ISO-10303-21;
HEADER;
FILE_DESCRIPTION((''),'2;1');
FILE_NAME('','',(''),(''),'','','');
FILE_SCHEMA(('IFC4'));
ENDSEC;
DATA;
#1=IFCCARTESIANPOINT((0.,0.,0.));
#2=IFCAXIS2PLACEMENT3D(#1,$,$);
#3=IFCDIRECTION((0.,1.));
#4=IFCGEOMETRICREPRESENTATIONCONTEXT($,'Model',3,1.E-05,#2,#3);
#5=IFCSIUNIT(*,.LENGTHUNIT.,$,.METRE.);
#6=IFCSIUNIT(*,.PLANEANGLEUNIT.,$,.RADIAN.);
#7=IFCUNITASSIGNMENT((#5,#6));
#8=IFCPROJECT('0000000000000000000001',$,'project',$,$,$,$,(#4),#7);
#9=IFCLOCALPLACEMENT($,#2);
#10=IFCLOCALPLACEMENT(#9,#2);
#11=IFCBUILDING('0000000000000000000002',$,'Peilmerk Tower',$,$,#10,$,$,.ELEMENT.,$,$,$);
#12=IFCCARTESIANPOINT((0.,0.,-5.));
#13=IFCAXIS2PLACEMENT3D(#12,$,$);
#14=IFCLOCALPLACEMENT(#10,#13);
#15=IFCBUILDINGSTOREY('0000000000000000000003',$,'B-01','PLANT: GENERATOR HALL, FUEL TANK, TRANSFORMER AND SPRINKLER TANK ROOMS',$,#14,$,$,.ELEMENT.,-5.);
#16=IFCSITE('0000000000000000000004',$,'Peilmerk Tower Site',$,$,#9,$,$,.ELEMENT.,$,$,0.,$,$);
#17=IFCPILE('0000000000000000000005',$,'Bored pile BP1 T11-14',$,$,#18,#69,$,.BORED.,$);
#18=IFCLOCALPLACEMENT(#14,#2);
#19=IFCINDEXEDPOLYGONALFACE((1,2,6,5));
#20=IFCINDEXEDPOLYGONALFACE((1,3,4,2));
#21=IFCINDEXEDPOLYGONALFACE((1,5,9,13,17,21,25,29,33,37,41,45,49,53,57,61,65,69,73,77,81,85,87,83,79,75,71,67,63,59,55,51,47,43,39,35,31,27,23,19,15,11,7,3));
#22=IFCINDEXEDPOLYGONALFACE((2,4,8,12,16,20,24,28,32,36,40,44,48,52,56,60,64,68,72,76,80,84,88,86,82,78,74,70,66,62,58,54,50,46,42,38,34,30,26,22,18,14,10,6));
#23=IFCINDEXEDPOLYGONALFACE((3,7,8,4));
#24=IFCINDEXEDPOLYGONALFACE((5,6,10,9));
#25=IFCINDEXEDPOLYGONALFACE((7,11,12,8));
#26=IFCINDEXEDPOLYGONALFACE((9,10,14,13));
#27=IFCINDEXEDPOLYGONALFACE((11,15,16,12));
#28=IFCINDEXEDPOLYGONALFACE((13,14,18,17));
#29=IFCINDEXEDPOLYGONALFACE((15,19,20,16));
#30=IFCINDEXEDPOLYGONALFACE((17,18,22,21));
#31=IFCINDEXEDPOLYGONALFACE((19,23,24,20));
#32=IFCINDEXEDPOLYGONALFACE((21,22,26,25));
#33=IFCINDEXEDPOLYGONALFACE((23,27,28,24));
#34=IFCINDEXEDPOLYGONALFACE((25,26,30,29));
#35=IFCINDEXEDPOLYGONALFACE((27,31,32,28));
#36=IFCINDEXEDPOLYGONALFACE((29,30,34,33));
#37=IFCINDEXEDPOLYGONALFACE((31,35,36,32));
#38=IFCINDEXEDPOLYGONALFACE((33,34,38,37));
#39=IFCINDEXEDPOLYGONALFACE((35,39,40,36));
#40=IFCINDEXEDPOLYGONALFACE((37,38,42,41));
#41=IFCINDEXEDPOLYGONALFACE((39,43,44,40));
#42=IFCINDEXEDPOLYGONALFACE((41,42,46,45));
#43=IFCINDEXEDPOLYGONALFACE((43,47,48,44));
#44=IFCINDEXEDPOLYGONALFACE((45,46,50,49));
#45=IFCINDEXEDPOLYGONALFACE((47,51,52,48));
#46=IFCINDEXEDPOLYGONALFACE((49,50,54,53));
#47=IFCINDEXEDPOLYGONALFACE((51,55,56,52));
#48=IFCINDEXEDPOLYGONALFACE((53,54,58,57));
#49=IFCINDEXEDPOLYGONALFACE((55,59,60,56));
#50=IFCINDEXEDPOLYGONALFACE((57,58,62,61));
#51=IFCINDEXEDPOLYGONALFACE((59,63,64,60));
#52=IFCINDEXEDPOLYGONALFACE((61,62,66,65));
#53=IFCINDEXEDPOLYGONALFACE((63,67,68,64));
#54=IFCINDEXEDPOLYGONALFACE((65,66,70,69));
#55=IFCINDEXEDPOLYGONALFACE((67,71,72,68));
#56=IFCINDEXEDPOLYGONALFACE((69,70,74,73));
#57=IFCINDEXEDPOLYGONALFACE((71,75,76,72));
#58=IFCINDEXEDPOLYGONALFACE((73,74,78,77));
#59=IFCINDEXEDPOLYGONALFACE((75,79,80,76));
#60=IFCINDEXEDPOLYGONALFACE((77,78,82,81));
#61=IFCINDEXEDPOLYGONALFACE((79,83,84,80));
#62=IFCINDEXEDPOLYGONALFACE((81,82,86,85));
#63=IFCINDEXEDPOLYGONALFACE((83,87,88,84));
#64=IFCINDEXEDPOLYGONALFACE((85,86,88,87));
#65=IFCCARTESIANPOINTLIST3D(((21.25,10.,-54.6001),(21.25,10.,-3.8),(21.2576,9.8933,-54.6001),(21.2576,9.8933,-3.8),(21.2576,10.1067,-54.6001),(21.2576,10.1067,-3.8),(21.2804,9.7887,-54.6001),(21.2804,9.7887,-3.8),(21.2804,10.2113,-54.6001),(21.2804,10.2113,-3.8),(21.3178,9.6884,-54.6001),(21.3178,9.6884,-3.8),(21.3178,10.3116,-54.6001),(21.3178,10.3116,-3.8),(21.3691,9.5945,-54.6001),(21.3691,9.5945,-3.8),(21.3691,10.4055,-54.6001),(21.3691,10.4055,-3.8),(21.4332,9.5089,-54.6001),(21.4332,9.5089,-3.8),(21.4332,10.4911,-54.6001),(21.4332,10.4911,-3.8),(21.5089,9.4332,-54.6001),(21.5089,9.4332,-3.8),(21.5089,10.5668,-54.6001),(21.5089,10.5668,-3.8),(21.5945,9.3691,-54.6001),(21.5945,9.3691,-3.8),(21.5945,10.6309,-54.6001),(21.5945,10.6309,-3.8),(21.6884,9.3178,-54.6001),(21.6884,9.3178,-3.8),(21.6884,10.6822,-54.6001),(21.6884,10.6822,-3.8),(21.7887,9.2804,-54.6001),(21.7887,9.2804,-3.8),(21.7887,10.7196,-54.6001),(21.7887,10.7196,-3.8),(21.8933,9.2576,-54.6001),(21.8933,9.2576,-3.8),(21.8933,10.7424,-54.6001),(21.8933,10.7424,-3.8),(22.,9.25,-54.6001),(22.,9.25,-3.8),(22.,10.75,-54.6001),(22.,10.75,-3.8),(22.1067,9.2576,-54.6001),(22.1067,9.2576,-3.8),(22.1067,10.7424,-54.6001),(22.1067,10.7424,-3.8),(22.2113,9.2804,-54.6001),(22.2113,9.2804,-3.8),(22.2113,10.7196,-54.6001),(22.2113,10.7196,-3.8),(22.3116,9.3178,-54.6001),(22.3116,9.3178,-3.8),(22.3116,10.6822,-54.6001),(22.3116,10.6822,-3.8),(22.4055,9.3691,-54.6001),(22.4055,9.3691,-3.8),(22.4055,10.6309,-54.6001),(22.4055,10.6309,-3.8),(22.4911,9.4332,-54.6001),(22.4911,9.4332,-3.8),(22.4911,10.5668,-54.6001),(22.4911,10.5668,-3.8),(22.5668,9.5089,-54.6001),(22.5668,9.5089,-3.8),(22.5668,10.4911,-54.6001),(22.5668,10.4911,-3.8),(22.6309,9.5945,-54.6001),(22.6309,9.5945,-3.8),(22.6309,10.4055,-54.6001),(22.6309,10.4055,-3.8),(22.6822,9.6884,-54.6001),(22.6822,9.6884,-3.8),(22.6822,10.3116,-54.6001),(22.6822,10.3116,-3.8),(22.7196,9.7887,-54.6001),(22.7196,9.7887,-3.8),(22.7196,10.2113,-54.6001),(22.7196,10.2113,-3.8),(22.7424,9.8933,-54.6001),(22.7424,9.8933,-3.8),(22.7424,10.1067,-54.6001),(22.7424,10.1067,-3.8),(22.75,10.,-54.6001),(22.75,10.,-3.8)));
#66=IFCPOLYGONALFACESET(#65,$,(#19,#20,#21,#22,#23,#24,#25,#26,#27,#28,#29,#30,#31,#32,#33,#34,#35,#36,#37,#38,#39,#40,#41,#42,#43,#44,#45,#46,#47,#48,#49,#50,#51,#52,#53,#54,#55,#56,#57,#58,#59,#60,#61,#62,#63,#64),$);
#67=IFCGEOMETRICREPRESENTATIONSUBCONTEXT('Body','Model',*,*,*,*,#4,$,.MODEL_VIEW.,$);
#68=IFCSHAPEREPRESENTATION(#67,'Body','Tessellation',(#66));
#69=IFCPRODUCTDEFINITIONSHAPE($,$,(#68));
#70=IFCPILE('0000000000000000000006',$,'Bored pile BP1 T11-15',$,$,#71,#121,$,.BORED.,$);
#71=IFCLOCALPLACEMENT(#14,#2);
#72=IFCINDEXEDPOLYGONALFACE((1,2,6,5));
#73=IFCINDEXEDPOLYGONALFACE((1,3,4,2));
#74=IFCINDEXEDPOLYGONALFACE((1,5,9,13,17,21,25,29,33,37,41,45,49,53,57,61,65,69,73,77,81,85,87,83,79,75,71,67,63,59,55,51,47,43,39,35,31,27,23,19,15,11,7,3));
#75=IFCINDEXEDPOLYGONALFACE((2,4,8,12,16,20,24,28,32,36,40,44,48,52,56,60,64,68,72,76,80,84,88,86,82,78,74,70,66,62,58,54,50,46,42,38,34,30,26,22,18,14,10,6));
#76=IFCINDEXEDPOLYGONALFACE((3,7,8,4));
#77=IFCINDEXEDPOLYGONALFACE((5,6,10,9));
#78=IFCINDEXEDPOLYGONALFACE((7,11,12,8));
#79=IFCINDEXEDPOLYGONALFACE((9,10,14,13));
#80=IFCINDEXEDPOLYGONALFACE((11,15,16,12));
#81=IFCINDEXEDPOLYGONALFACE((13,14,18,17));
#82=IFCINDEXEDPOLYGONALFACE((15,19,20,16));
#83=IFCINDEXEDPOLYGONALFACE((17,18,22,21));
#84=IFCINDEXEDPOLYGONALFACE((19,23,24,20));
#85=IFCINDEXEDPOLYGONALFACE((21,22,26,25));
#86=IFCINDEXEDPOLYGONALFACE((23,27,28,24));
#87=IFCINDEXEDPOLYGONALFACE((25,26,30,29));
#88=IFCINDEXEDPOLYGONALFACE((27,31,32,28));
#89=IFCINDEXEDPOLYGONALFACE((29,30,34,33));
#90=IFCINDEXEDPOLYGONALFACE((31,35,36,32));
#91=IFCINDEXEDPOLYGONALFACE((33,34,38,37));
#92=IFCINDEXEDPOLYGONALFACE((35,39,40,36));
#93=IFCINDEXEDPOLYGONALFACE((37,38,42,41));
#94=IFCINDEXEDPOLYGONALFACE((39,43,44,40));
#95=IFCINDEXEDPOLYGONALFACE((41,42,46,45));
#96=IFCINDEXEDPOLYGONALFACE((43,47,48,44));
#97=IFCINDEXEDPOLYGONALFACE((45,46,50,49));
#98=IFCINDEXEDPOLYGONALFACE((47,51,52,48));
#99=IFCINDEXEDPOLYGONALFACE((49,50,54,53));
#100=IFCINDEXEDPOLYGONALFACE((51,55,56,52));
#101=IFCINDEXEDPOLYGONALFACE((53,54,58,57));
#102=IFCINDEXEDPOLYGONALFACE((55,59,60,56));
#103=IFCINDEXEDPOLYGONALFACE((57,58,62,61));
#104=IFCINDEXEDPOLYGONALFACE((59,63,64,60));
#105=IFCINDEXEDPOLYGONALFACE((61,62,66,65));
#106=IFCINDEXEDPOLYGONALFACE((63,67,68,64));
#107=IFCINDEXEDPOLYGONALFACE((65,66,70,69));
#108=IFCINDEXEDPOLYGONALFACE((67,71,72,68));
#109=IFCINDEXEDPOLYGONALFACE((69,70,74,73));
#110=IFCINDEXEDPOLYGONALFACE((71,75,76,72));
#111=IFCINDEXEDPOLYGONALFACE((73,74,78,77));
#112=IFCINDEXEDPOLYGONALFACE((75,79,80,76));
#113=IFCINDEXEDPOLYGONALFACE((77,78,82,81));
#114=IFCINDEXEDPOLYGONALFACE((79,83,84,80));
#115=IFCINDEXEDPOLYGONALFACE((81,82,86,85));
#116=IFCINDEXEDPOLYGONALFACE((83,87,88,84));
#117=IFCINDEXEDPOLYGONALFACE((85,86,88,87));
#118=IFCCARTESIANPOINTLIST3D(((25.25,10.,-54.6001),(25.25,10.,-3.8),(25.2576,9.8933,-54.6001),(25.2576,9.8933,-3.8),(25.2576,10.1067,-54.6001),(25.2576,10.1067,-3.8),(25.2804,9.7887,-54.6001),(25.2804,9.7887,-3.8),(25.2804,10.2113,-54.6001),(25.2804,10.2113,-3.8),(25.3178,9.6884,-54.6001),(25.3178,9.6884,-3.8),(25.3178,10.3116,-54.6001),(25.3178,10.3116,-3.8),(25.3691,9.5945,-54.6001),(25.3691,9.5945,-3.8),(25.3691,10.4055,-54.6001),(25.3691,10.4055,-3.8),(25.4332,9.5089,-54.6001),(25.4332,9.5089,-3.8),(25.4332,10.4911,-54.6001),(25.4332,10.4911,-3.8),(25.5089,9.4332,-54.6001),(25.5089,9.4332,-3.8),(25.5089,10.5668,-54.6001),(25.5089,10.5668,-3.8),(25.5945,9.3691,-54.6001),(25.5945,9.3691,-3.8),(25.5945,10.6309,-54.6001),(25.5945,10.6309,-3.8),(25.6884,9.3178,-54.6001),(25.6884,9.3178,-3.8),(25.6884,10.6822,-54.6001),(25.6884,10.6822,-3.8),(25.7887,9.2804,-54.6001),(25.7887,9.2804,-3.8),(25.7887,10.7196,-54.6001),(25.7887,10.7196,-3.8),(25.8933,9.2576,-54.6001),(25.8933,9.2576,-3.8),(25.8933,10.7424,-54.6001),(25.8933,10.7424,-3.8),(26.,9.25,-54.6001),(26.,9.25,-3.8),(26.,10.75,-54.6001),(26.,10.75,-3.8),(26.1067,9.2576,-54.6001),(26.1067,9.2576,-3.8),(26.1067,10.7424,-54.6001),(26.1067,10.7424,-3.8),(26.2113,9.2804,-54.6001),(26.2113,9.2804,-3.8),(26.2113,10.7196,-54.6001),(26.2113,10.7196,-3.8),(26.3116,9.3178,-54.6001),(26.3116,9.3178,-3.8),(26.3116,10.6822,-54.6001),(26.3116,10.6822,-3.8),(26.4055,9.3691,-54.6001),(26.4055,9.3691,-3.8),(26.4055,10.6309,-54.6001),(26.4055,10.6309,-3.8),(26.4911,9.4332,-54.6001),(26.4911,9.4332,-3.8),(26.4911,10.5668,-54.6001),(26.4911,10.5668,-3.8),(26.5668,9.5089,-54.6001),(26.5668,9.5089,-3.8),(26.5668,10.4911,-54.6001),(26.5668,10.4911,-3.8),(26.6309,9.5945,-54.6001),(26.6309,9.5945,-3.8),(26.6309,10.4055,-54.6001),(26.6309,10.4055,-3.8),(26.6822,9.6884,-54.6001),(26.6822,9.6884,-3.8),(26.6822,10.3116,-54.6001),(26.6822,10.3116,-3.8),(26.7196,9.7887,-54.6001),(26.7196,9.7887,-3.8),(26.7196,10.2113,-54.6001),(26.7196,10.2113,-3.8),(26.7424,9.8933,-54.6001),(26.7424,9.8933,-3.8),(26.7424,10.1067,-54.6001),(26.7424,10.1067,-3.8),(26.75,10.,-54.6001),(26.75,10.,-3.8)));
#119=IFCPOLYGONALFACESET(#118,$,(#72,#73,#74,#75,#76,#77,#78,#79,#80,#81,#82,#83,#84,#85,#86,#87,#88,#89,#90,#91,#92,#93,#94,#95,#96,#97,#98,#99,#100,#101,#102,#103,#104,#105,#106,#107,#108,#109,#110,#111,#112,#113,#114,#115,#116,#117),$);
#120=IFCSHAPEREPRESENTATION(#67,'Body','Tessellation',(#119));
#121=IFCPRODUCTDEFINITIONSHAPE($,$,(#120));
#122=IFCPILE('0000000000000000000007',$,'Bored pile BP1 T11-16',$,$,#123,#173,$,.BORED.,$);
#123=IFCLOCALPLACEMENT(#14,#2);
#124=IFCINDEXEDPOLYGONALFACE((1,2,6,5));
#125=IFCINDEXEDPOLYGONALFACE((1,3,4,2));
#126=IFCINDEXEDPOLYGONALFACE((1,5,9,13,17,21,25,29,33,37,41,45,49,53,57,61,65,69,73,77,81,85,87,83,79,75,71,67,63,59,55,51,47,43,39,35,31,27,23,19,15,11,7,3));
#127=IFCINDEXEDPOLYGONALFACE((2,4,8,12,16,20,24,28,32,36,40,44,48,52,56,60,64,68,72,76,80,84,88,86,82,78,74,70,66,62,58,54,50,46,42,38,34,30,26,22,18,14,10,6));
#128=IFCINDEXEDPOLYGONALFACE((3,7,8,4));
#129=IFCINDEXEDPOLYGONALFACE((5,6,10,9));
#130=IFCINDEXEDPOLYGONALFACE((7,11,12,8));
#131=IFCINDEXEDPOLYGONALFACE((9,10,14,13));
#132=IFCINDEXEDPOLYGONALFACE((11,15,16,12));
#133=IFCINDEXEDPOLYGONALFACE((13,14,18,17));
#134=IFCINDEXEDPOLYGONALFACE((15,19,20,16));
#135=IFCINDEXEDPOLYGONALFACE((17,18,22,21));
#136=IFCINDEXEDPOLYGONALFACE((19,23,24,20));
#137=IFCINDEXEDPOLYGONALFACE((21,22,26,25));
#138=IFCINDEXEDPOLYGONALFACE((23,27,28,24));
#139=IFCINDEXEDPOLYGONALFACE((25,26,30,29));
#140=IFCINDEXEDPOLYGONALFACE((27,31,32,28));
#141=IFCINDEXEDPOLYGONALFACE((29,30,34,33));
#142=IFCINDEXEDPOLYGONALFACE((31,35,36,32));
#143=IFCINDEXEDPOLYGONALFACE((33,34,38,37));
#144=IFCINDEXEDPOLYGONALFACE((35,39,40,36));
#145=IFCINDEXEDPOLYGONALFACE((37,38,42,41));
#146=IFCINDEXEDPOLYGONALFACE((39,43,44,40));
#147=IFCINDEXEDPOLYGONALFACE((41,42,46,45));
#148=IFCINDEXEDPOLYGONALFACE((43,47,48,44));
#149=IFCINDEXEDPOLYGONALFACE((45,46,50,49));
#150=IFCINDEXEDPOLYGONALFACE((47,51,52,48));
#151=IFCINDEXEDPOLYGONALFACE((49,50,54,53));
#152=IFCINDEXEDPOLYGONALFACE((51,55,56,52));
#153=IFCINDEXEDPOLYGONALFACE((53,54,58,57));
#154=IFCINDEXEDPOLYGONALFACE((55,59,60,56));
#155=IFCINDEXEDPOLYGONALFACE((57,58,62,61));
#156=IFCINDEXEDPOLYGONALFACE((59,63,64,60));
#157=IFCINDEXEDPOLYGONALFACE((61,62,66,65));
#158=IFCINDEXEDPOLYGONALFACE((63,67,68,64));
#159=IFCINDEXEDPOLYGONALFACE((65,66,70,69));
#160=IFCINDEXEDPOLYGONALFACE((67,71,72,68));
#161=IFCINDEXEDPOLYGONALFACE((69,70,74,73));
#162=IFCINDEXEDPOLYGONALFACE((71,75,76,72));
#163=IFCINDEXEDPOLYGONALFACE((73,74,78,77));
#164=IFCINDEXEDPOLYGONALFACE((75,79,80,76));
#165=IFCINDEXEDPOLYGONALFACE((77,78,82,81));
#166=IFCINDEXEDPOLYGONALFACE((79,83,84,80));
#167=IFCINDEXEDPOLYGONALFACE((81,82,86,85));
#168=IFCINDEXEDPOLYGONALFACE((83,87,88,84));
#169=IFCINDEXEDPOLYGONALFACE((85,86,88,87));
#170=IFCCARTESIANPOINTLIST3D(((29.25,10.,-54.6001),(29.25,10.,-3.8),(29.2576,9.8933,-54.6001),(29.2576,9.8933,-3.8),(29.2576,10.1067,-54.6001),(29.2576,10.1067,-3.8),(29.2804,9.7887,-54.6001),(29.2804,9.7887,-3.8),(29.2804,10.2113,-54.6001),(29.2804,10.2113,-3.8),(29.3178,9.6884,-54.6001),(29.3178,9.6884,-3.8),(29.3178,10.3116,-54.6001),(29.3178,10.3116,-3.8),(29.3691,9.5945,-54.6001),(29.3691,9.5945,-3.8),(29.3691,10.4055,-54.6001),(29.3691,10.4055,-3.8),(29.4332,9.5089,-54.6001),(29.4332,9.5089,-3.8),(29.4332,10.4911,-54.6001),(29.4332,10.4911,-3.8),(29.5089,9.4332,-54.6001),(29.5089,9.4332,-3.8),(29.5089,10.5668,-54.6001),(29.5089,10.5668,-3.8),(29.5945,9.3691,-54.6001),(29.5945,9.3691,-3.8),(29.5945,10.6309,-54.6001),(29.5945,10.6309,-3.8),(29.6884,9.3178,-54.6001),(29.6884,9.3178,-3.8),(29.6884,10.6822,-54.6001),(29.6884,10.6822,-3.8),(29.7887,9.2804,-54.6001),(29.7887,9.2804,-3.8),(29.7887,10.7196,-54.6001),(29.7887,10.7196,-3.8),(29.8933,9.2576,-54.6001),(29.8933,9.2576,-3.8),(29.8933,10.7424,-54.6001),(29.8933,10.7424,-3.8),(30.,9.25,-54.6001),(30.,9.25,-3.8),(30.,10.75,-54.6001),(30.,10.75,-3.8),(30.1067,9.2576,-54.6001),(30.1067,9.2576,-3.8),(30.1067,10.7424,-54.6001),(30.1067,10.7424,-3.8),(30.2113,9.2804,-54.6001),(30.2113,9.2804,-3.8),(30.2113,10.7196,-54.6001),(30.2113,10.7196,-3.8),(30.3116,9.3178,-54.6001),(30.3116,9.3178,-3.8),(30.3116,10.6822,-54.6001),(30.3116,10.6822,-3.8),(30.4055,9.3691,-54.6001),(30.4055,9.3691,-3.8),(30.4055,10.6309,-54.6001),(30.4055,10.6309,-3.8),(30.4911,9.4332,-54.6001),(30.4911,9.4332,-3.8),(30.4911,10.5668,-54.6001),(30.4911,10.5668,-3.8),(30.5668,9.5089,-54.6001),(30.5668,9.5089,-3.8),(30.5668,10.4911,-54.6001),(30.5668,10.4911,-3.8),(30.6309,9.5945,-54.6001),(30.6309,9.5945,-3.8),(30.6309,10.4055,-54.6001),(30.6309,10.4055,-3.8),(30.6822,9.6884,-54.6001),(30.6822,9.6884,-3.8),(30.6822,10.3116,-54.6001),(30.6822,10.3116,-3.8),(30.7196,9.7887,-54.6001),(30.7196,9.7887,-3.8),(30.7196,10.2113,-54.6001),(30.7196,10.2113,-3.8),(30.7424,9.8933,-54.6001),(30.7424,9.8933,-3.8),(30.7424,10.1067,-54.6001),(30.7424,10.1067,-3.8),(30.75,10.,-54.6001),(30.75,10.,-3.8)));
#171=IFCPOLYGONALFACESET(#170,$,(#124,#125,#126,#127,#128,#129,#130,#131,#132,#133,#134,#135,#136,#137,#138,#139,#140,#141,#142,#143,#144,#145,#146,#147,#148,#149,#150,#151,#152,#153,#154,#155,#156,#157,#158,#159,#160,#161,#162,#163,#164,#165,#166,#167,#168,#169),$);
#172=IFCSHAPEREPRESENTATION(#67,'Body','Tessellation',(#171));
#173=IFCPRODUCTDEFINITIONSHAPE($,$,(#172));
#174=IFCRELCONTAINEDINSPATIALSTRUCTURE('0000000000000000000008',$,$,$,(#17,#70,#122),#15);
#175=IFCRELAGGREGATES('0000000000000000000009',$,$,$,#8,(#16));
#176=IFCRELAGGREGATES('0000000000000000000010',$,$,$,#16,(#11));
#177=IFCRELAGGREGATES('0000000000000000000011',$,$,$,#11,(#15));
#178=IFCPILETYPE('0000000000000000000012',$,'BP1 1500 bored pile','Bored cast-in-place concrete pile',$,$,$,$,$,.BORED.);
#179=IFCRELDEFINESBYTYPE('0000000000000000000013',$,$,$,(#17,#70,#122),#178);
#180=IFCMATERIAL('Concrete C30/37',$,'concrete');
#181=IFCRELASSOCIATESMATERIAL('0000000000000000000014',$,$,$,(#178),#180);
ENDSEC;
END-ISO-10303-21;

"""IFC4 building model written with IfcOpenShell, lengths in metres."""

from ifc_helpers import new_model, si_unit, direction, frame, origin, origin_2d, place, context, subcontext, project, spatial, circle, extrude, material, material_profile, profile_set, type_object, element, save


model = new_model("IFC4")

# Units and contexts
model_context = context("Model", 3, precision=1e-05, world=origin(), true_north=direction((0.0, 1.0)))
body_context = subcontext(model_context, "Body", "Model", "MODEL_VIEW")
ifc_project = project(units=[si_unit("LENGTHUNIT", "METRE"), si_unit("PLANEANGLEUNIT", "RADIAN")], contexts=[model_context])

# Site, building, storey
site_placement = place(None, origin())
site = spatial("IfcSite", under=ifc_project, at=site_placement, Name="Peilmerk Tower Site", CompositionType="ELEMENT", RefElevation=0.0)
building_placement = place(site_placement, origin())
building = spatial("IfcBuilding", under=site, at=building_placement, Name="Peilmerk Tower", CompositionType="ELEMENT")
storey_placement = place(building_placement, frame((0.0, 0.0, -5.0)))
storey = spatial("IfcBuildingStorey", under=building, at=storey_placement, Name="B-01", Description="PLANT: GENERATOR HALL, FUEL TANK, TRANSFORMER AND SPRINKLER TANK ROOMS", CompositionType="ELEMENT", Elevation=-5.0)

# Piles
ifc_material_1 = material(Name="Concrete C30/37", Category="concrete")
ifc_material_profile_1 = material_profile(ifc_material_1, circle(Radius=0.75, at=origin_2d()), Name="BP 1500")
ifc_profile_set_1 = profile_set([ifc_material_profile_1], Name="Concrete C30/37")
pile_type_1 = type_object("IfcPileType", Name="BP1 1500 bored pile", Description="Bored cast-in-place concrete pile", PredefinedType="BORED", material=ifc_profile_set_1)
for number, where, z_axis, x_axis, name in (
    (1, (22.0, 10.0, -3.8), (0.0, 0.0, -1.0), (1.0, 0.0, 0.0), "Bored pile BP1 T11-14"),
    (2, (26.0, 10.0, -3.8), (0.0, 0.0, -1.0), (1.0, 0.0, 0.0), "Bored pile BP1 T11-15"),
    (3, (30.0, 10.0, -3.8), (0.0, 0.0, -1.0), (1.0, 0.0, 0.0), "Bored pile BP1 T11-16"),
):
    element("IfcPile", number, at=place(storey_placement, frame(where, z_axis=z_axis, x_axis=x_axis)), inside=storey, type_object=pile_type_1, Name=name, PredefinedType="BORED", context=body_context, shape_type="SweptSolid", body=[
        extrude(circle(Radius=0.75, at=origin_2d()), origin(), (0.0, 0.0, 1.0), 50.8),
    ])

save(model, "model.ifc")
